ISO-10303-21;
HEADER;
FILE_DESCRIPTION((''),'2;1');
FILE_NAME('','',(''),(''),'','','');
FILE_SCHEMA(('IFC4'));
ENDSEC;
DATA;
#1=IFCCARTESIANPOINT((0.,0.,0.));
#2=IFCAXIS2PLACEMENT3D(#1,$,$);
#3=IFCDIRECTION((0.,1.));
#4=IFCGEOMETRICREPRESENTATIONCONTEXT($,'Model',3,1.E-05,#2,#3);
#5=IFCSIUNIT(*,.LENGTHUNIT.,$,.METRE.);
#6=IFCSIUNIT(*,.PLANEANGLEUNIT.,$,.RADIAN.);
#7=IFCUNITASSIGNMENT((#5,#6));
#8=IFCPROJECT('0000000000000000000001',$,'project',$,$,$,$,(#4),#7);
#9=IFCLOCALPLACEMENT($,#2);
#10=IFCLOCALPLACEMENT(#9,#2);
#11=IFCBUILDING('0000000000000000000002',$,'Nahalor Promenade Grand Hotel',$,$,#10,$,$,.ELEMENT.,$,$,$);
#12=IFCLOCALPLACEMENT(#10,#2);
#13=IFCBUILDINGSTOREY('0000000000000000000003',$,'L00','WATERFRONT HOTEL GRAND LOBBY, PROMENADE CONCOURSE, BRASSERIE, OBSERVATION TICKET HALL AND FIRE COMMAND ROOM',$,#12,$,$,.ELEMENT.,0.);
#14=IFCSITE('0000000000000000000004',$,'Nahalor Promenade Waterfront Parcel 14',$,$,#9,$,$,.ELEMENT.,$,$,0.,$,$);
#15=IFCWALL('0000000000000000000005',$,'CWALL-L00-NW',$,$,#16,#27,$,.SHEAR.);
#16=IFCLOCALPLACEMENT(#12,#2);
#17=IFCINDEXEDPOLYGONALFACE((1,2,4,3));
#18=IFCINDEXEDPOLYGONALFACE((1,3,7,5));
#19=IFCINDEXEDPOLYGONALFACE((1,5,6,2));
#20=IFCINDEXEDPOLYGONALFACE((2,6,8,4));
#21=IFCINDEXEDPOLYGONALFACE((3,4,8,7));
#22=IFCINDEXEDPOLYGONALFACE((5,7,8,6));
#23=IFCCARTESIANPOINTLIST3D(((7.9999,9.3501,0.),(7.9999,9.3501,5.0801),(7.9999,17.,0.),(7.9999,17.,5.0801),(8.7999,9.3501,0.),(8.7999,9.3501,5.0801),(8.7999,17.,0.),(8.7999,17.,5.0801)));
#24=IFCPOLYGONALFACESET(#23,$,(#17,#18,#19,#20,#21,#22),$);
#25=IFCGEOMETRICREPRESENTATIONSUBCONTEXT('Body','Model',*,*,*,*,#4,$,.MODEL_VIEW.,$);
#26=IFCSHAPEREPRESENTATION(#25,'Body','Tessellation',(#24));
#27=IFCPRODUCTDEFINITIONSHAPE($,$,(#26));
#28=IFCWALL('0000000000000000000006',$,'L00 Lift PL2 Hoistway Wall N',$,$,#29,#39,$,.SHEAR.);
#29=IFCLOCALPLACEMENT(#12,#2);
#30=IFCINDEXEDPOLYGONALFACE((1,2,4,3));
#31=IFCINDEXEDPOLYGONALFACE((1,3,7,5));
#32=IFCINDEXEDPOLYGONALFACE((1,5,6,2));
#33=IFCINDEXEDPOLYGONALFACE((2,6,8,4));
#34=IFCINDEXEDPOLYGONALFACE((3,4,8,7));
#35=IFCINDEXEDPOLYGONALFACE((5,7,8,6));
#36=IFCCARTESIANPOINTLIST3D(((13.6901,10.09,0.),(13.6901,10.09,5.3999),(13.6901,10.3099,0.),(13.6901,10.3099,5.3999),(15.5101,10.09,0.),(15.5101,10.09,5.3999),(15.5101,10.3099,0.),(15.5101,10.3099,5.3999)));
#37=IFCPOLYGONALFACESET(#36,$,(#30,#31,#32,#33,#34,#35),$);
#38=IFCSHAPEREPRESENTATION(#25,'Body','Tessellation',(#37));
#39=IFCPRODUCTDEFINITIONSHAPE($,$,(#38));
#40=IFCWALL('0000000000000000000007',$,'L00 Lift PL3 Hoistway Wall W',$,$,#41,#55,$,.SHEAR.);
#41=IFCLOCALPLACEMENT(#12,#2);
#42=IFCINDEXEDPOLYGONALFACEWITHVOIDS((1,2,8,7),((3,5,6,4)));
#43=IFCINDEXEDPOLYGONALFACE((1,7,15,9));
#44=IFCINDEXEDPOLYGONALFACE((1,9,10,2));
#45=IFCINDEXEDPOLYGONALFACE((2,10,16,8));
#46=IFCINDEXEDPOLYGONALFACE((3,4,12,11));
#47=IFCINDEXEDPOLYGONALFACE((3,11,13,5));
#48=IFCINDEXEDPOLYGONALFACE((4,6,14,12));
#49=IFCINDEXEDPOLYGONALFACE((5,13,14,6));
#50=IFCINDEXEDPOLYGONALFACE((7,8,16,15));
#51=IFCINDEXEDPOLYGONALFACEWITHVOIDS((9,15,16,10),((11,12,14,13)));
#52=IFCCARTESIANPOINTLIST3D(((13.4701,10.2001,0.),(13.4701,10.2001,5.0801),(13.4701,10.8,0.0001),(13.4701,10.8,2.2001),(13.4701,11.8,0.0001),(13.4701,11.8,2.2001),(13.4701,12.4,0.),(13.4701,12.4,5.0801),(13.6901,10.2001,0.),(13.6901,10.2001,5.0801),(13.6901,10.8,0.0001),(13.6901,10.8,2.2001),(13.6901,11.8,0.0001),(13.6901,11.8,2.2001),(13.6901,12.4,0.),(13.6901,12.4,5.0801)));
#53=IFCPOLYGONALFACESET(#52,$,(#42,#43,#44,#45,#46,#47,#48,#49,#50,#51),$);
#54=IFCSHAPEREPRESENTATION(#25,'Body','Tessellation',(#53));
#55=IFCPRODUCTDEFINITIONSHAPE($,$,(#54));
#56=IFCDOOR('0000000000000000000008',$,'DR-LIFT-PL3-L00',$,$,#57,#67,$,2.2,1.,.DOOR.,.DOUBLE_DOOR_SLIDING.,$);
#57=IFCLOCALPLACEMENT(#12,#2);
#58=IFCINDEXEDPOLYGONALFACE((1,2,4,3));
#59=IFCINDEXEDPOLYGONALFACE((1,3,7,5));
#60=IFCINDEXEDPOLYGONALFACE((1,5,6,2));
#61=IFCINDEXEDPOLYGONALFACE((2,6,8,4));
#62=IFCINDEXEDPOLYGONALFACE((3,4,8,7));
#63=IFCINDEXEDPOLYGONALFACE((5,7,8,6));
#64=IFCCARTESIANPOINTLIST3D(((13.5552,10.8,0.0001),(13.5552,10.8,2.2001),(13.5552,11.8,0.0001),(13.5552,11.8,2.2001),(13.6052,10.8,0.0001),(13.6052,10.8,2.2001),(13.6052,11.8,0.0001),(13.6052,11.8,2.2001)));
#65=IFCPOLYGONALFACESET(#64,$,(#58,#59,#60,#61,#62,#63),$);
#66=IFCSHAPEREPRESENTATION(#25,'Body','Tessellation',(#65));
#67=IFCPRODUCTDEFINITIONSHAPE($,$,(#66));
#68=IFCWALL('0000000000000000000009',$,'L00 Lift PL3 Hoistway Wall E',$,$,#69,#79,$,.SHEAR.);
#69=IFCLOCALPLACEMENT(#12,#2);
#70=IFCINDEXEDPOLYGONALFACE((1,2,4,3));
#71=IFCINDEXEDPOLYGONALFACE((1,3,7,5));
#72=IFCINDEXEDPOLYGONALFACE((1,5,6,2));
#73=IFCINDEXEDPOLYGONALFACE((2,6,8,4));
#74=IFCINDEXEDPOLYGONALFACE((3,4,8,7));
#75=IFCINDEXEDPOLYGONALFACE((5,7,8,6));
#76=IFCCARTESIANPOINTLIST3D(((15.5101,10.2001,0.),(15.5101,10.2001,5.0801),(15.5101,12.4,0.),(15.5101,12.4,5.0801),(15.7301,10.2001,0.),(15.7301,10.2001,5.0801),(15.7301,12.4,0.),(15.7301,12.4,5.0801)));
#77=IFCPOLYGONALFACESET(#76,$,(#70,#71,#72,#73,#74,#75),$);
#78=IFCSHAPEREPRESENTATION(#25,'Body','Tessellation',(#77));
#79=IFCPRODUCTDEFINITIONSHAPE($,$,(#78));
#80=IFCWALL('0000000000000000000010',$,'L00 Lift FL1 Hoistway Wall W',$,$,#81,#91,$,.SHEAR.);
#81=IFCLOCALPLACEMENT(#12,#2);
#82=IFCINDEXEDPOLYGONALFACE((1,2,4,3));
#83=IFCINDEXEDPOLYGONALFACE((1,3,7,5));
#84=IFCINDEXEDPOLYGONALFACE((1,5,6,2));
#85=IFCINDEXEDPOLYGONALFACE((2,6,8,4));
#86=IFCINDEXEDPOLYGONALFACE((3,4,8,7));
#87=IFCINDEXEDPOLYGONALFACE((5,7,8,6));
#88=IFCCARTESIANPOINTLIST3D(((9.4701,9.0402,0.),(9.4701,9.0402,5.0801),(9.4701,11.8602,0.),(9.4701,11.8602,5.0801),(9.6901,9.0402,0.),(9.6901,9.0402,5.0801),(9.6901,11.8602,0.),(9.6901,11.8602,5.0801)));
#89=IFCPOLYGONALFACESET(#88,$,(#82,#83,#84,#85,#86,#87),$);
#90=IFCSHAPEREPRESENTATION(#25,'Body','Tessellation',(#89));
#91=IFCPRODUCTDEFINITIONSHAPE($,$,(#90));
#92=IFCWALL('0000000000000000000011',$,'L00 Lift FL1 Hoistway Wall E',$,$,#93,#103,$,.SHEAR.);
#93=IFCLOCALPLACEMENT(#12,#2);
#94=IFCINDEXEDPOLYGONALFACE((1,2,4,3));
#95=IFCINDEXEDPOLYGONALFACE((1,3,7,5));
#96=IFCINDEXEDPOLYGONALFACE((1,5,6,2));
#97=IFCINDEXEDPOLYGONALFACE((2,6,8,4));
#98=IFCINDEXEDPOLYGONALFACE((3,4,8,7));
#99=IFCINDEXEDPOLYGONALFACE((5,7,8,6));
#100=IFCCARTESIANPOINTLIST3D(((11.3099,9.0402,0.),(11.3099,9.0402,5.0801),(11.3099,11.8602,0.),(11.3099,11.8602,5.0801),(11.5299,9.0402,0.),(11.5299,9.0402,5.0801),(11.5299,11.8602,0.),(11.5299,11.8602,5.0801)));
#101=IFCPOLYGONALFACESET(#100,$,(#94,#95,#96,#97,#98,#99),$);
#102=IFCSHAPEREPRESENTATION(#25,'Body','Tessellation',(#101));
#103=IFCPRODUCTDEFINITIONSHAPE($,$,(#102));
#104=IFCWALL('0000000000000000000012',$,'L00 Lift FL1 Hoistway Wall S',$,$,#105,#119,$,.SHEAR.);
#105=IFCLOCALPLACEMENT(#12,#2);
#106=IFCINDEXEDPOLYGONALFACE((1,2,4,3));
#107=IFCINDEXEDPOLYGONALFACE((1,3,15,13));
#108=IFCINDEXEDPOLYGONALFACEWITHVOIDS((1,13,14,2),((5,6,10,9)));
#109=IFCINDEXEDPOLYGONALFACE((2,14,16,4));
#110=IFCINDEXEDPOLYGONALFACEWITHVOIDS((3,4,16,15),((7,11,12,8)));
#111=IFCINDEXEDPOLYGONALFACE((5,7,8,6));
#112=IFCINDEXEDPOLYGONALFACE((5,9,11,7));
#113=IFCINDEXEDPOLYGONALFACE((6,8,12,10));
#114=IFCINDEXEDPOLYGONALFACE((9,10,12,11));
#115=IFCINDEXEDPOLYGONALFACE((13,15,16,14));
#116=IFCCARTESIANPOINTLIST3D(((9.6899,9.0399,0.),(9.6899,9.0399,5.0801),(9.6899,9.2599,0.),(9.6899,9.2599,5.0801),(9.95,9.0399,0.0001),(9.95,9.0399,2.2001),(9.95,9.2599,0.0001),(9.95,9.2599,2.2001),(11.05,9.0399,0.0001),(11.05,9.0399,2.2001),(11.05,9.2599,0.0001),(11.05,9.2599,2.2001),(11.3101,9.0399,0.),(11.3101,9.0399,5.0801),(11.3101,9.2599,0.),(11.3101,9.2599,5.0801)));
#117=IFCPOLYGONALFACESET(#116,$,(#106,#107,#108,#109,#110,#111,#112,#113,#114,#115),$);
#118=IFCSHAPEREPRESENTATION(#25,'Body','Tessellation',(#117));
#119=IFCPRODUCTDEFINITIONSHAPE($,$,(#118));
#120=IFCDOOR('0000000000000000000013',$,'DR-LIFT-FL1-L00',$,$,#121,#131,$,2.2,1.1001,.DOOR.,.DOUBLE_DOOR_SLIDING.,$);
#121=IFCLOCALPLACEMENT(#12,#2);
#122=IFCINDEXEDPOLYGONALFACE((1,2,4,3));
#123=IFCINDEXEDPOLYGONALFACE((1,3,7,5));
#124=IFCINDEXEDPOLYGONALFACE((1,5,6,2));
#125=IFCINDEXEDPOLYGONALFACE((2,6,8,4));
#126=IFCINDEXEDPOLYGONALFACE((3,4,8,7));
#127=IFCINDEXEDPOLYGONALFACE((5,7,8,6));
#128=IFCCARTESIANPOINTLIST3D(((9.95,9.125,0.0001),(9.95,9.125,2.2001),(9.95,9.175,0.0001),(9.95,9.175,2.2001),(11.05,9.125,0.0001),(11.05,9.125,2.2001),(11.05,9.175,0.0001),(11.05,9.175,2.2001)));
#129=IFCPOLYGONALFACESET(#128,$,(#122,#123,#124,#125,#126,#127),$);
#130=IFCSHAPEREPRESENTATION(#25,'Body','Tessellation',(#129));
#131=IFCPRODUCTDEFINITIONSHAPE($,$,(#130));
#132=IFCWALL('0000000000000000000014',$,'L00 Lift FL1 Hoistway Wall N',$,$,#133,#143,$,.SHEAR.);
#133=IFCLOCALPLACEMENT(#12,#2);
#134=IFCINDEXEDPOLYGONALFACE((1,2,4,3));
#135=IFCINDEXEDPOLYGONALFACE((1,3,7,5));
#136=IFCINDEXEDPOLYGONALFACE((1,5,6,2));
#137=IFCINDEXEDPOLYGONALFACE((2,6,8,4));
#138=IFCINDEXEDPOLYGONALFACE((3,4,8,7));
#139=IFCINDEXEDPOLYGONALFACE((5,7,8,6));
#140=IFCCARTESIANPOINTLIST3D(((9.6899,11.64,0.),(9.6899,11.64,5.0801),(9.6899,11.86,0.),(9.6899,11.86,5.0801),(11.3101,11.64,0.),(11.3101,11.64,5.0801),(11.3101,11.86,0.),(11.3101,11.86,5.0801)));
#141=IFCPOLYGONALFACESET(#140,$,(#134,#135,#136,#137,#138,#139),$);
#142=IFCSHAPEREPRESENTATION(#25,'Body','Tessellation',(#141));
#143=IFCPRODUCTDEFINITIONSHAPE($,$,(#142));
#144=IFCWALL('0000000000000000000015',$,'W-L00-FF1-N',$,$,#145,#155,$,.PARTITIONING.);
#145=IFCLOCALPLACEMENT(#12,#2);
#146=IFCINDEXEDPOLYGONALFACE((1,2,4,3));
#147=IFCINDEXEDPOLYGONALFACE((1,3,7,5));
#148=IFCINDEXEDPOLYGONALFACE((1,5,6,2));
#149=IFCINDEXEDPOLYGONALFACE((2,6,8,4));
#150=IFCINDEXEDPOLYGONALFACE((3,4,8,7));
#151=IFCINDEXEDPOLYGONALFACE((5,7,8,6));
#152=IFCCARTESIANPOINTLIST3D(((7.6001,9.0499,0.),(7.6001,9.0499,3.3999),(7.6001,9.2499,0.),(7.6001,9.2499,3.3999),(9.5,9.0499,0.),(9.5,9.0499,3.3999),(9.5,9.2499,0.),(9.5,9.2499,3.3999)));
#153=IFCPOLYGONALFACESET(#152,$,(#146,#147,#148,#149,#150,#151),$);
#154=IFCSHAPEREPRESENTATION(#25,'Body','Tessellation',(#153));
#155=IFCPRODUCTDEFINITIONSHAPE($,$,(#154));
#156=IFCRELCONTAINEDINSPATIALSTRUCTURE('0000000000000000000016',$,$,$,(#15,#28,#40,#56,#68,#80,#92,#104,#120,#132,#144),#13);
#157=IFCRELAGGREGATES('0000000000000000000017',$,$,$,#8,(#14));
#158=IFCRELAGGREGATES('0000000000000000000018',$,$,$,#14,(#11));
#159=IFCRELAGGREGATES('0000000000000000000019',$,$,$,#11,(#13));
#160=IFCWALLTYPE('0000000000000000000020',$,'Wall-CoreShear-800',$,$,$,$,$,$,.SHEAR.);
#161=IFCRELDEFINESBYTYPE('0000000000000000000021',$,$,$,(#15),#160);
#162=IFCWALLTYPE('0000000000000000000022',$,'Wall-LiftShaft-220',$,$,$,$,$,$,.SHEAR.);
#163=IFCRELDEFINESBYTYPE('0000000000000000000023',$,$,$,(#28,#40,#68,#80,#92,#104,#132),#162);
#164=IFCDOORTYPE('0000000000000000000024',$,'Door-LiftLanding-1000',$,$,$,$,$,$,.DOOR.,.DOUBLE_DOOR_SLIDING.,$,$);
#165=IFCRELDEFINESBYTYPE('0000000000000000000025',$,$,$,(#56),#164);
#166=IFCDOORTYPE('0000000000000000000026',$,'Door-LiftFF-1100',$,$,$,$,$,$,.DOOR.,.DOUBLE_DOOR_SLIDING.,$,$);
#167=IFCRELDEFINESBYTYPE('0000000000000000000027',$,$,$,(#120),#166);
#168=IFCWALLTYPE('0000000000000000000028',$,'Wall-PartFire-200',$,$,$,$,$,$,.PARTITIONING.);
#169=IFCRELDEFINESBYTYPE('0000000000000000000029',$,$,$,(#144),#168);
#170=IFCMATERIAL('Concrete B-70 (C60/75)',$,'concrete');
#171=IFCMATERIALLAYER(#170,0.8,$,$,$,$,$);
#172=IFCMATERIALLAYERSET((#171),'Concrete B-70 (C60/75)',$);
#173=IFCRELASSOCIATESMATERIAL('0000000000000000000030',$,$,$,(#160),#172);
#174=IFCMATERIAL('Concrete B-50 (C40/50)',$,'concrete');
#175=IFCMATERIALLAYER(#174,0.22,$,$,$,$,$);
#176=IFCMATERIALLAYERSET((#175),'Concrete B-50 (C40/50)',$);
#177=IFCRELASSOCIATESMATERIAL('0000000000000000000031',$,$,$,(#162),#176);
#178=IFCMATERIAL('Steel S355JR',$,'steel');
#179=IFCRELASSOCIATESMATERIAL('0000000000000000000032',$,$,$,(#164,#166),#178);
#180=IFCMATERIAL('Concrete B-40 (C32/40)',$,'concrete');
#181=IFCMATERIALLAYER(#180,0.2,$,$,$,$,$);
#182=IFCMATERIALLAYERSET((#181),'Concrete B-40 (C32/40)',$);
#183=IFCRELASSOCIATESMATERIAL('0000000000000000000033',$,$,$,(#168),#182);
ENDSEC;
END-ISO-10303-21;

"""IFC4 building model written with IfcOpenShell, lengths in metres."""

from ifc_helpers import new_model, si_unit, direction, frame, frame_2d, origin, place, context, subcontext, project, spatial, rectangle, extrude, source, transform, mapped, material, layer, layer_set, type_object, element, fill, save


model = new_model("IFC4")

# Units and contexts
model_context = context("Model", 3, precision=1e-05, world=origin(), true_north=direction((0.0, 1.0)))
body_context = subcontext(model_context, "Body", "Model", "MODEL_VIEW")
ifc_project = project(units=[si_unit("LENGTHUNIT", "METRE"), si_unit("PLANEANGLEUNIT", "RADIAN")], contexts=[model_context])

# Site, building, storey
site_placement = place(None, origin())
site = spatial("IfcSite", under=ifc_project, at=site_placement, Name="Nahalor Promenade Waterfront Parcel 14", CompositionType="ELEMENT", RefElevation=0.0)
building_placement = place(site_placement, origin())
building = spatial("IfcBuilding", under=site, at=building_placement, Name="Nahalor Promenade Grand Hotel", CompositionType="ELEMENT")
storey_placement = place(building_placement, origin())
storey = spatial("IfcBuildingStorey", under=building, at=storey_placement, Name="L00", Description="WATERFRONT HOTEL GRAND LOBBY, PROMENADE CONCOURSE, BRASSERIE, OBSERVATION TICKET HALL AND FIRE COMMAND ROOM", CompositionType="ELEMENT", Elevation=0.0)

# Walls
ifc_material_1 = material(Name="Concrete B-70 (C60/75)", Category="concrete")
ifc_layer_1 = layer(ifc_material_1, 0.8)
ifc_layer_set_1 = layer_set([ifc_layer_1], Name="Concrete B-70 (C60/75)")
wall_type_1 = type_object("IfcWallType", Name="Wall-CoreShear-800", PredefinedType="SHEAR", material=ifc_layer_set_1)
shared_shape_1 = source(origin(), body_context, "Body", "SweptSolid", [
    extrude(rectangle(XDim=7.6499, YDim=0.8, at=frame_2d((3.825, 0.0))), origin(), (0.0, 0.0, 1.0), 5.0801),
])
wall_1_placement = place(storey_placement, frame((8.3999, 9.3501, 0.0), z_axis=(0.0, 0.0, 1.0), x_axis=(0.0, 1.0, 0.0)))
element("IfcWall", 1, at=wall_1_placement, inside=storey, type_object=wall_type_1, Name="CWALL-L00-NW", PredefinedType="SHEAR", context=body_context, shape_type="MappedRepresentation", body=[
    mapped(shared_shape_1, transform((0.0, 0.0, 0.0), scale=1.0)),
])
ifc_material_2 = material(Name="Concrete B-50 (C40/50)", Category="concrete")
ifc_layer_2 = layer(ifc_material_2, 0.22)
ifc_layer_set_2 = layer_set([ifc_layer_2], Name="Concrete B-50 (C40/50)")
wall_type_2 = type_object("IfcWallType", Name="Wall-LiftShaft-220", PredefinedType="SHEAR", material=ifc_layer_set_2)
shared_shape_2 = source(origin(), body_context, "Body", "SweptSolid", [
    extrude(rectangle(XDim=1.8201, YDim=0.22, at=frame_2d((0.9102, 0.0))), origin(), (0.0, 0.0, 1.0), 5.3999),
])
wall_2_placement = place(storey_placement, frame((13.6899, 10.2, 0.0), z_axis=(0.0, 0.0, 1.0), x_axis=(1.0, 0.0, 0.0)))
element("IfcWall", 2, at=wall_2_placement, inside=storey, type_object=wall_type_2, Name="L00 Lift PL2 Hoistway Wall N", PredefinedType="SHEAR", context=body_context, shape_type="MappedRepresentation", body=[
    mapped(shared_shape_2, transform((0.0, 0.0, 0.0), scale=1.0)),
])

# Wall, opening, door
shared_shape_3 = source(origin(), body_context, "Body", "SweptSolid", [
    extrude(rectangle(XDim=2.2, YDim=0.22, at=frame_2d((1.1001, 0.0))), origin(), (0.0, 0.0, 1.0), 5.0801),
])
wall_3_placement = place(storey_placement, frame((13.5801, 10.2, 0.0), z_axis=(0.0, 0.0, 1.0), x_axis=(0.0, 1.0, 0.0)))
wall_3 = element("IfcWall", 3, at=wall_3_placement, inside=storey, type_object=wall_type_2, Name="L00 Lift PL3 Hoistway Wall W", PredefinedType="SHEAR", context=body_context, shape_type="MappedRepresentation", body=[
    mapped(shared_shape_3, transform((0.0, 0.0, 0.0), scale=1.0)),
])
opening_1_placement = place(wall_3_placement, frame((0.6001, 0.0, 0.0)))
opening_1 = element("IfcOpeningElement", 4, at=opening_1_placement, cuts=wall_3, PredefinedType="OPENING", context=body_context, shape_type="SweptSolid", body=[
    extrude(rectangle(XDim=1.0, YDim=2.2, at=frame_2d((0.5, 1.1001))), frame((0.0, 0.1199, 0.0), z_axis=(0.0, -1.0, 0.0), x_axis=(1.0, 0.0, 0.0)), (0.0, 0.0, 1.0), 0.24),
])
ifc_material_3 = material(Name="Steel S355JR", Category="steel")
door_type_1 = type_object("IfcDoorType", Name="Door-LiftLanding-1000", OperationType="DOUBLE_DOOR_SLIDING", PredefinedType="DOOR", material=ifc_material_3)
shared_shape_4 = source(origin(), body_context, "Body", "SweptSolid", [
    extrude(rectangle(XDim=1.0, YDim=2.2, at=frame_2d((0.5, 1.1001))), frame((0.0, 0.0249, 0.0), z_axis=(0.0, -1.0, 0.0), x_axis=(1.0, 0.0, 0.0)), (0.0, 0.0, 1.0), 0.05),
])
door_1_placement = place(opening_1_placement, origin())
door_1 = element("IfcDoor", 5, at=door_1_placement, inside=storey, type_object=door_type_1, Name="DR-LIFT-PL3-L00", OperationType="DOUBLE_DOOR_SLIDING", OverallHeight=2.2, OverallWidth=1.0, PredefinedType="DOOR", context=body_context, shape_type="MappedRepresentation", body=[
    mapped(shared_shape_4, transform((0.0, 0.0, 0.0), scale=1.0)),
])
fill(opening_1, door_1)

# Walls
wall_4_placement = place(storey_placement, frame((15.6201, 10.2, 0.0), z_axis=(0.0, 0.0, 1.0), x_axis=(0.0, 1.0, 0.0)))
element("IfcWall", 6, at=wall_4_placement, inside=storey, type_object=wall_type_2, Name="L00 Lift PL3 Hoistway Wall E", PredefinedType="SHEAR", context=body_context, shape_type="MappedRepresentation", body=[
    mapped(shared_shape_3, transform((0.0, 0.0, 0.0), scale=1.0)),
])
shared_shape_5 = source(origin(), body_context, "Body", "SweptSolid", [
    extrude(rectangle(XDim=2.8201, YDim=0.22, at=frame_2d((1.4102, 0.0))), origin(), (0.0, 0.0, 1.0), 5.0801),
])
for number, where, z_axis, x_axis, name in (
    (7, (9.5801, 9.04, 0.0), (0.0, 0.0, 1.0), (0.0, 1.0, 0.0), "L00 Lift FL1 Hoistway Wall W"),
    (8, (11.4199, 9.04, 0.0), (0.0, 0.0, 1.0), (0.0, 1.0, 0.0), "L00 Lift FL1 Hoistway Wall E"),
):
    element("IfcWall", number, at=place(storey_placement, frame(where, z_axis=z_axis, x_axis=x_axis)), inside=storey, type_object=wall_type_2, Name=name, PredefinedType="SHEAR", context=body_context, shape_type="MappedRepresentation", body=[
        mapped(shared_shape_5, transform((0.0, 0.0, 0.0), scale=1.0)),
    ])

# Wall, opening, door
shared_shape_6 = source(origin(), body_context, "Body", "SweptSolid", [
    extrude(rectangle(XDim=1.6201, YDim=0.22, at=frame_2d((0.8101, 0.0))), origin(), (0.0, 0.0, 1.0), 5.0801),
])
wall_5_placement = place(storey_placement, frame((9.6899, 9.1499, 0.0), z_axis=(0.0, 0.0, 1.0), x_axis=(1.0, 0.0, 0.0)))
wall_5 = element("IfcWall", 9, at=wall_5_placement, inside=storey, type_object=wall_type_2, Name="L00 Lift FL1 Hoistway Wall S", PredefinedType="SHEAR", context=body_context, shape_type="MappedRepresentation", body=[
    mapped(shared_shape_6, transform((0.0, 0.0, 0.0), scale=1.0)),
])
opening_2_placement = place(wall_5_placement, frame((0.26, 0.0, 0.0)))
opening_2 = element("IfcOpeningElement", 10, at=opening_2_placement, cuts=wall_5, PredefinedType="OPENING", context=body_context, shape_type="SweptSolid", body=[
    extrude(rectangle(XDim=1.1001, YDim=2.2, at=frame_2d((0.55, 1.1001))), frame((0.0, 0.1199, 0.0), z_axis=(0.0, -1.0, 0.0), x_axis=(1.0, 0.0, 0.0)), (0.0, 0.0, 1.0), 0.24),
])
door_type_2 = type_object("IfcDoorType", Name="Door-LiftFF-1100", OperationType="DOUBLE_DOOR_SLIDING", PredefinedType="DOOR", material=ifc_material_3)
shared_shape_7 = source(origin(), body_context, "Body", "SweptSolid", [
    extrude(rectangle(XDim=1.1001, YDim=2.2, at=frame_2d((0.55, 1.1001))), frame((0.0, 0.0249, 0.0), z_axis=(0.0, -1.0, 0.0), x_axis=(1.0, 0.0, 0.0)), (0.0, 0.0, 1.0), 0.05),
])
door_2_placement = place(opening_2_placement, frame((1.1001, 0.0, 0.0), z_axis=(0.0, 0.0, 1.0), x_axis=(-1.0, 0.0, 0.0)))
door_2 = element("IfcDoor", 11, at=door_2_placement, inside=storey, type_object=door_type_2, Name="DR-LIFT-FL1-L00", OperationType="DOUBLE_DOOR_SLIDING", OverallHeight=2.2, OverallWidth=1.1001, PredefinedType="DOOR", context=body_context, shape_type="MappedRepresentation", body=[
    mapped(shared_shape_7, transform((0.0, 0.0, 0.0), scale=1.0)),
])
fill(opening_2, door_2)

# Walls
wall_6_placement = place(storey_placement, frame((9.6899, 11.75, 0.0), z_axis=(0.0, 0.0, 1.0), x_axis=(1.0, 0.0, 0.0)))
element("IfcWall", 12, at=wall_6_placement, inside=storey, type_object=wall_type_2, Name="L00 Lift FL1 Hoistway Wall N", PredefinedType="SHEAR", context=body_context, shape_type="MappedRepresentation", body=[
    mapped(shared_shape_6, transform((0.0, 0.0, 0.0), scale=1.0)),
])
ifc_material_4 = material(Name="Concrete B-40 (C32/40)", Category="concrete")
ifc_layer_3 = layer(ifc_material_4, 0.2)
ifc_layer_set_3 = layer_set([ifc_layer_3], Name="Concrete B-40 (C32/40)")
wall_type_3 = type_object("IfcWallType", Name="Wall-PartFire-200", PredefinedType="PARTITIONING", material=ifc_layer_set_3)
shared_shape_8 = source(origin(), body_context, "Body", "SweptSolid", [
    extrude(rectangle(XDim=1.8999, YDim=0.2, at=frame_2d((0.95, 0.0))), origin(), (0.0, 0.0, 1.0), 3.3999),
])
wall_7_placement = place(storey_placement, frame((7.6001, 9.1499, 0.0), z_axis=(0.0, 0.0, 1.0), x_axis=(1.0, 0.0, 0.0)))
element("IfcWall", 13, at=wall_7_placement, inside=storey, type_object=wall_type_3, Name="W-L00-FF1-N", PredefinedType="PARTITIONING", context=body_context, shape_type="MappedRepresentation", body=[
    mapped(shared_shape_8, transform((0.0, 0.0, 0.0), scale=1.0)),
])

save(model, "model.ifc")
